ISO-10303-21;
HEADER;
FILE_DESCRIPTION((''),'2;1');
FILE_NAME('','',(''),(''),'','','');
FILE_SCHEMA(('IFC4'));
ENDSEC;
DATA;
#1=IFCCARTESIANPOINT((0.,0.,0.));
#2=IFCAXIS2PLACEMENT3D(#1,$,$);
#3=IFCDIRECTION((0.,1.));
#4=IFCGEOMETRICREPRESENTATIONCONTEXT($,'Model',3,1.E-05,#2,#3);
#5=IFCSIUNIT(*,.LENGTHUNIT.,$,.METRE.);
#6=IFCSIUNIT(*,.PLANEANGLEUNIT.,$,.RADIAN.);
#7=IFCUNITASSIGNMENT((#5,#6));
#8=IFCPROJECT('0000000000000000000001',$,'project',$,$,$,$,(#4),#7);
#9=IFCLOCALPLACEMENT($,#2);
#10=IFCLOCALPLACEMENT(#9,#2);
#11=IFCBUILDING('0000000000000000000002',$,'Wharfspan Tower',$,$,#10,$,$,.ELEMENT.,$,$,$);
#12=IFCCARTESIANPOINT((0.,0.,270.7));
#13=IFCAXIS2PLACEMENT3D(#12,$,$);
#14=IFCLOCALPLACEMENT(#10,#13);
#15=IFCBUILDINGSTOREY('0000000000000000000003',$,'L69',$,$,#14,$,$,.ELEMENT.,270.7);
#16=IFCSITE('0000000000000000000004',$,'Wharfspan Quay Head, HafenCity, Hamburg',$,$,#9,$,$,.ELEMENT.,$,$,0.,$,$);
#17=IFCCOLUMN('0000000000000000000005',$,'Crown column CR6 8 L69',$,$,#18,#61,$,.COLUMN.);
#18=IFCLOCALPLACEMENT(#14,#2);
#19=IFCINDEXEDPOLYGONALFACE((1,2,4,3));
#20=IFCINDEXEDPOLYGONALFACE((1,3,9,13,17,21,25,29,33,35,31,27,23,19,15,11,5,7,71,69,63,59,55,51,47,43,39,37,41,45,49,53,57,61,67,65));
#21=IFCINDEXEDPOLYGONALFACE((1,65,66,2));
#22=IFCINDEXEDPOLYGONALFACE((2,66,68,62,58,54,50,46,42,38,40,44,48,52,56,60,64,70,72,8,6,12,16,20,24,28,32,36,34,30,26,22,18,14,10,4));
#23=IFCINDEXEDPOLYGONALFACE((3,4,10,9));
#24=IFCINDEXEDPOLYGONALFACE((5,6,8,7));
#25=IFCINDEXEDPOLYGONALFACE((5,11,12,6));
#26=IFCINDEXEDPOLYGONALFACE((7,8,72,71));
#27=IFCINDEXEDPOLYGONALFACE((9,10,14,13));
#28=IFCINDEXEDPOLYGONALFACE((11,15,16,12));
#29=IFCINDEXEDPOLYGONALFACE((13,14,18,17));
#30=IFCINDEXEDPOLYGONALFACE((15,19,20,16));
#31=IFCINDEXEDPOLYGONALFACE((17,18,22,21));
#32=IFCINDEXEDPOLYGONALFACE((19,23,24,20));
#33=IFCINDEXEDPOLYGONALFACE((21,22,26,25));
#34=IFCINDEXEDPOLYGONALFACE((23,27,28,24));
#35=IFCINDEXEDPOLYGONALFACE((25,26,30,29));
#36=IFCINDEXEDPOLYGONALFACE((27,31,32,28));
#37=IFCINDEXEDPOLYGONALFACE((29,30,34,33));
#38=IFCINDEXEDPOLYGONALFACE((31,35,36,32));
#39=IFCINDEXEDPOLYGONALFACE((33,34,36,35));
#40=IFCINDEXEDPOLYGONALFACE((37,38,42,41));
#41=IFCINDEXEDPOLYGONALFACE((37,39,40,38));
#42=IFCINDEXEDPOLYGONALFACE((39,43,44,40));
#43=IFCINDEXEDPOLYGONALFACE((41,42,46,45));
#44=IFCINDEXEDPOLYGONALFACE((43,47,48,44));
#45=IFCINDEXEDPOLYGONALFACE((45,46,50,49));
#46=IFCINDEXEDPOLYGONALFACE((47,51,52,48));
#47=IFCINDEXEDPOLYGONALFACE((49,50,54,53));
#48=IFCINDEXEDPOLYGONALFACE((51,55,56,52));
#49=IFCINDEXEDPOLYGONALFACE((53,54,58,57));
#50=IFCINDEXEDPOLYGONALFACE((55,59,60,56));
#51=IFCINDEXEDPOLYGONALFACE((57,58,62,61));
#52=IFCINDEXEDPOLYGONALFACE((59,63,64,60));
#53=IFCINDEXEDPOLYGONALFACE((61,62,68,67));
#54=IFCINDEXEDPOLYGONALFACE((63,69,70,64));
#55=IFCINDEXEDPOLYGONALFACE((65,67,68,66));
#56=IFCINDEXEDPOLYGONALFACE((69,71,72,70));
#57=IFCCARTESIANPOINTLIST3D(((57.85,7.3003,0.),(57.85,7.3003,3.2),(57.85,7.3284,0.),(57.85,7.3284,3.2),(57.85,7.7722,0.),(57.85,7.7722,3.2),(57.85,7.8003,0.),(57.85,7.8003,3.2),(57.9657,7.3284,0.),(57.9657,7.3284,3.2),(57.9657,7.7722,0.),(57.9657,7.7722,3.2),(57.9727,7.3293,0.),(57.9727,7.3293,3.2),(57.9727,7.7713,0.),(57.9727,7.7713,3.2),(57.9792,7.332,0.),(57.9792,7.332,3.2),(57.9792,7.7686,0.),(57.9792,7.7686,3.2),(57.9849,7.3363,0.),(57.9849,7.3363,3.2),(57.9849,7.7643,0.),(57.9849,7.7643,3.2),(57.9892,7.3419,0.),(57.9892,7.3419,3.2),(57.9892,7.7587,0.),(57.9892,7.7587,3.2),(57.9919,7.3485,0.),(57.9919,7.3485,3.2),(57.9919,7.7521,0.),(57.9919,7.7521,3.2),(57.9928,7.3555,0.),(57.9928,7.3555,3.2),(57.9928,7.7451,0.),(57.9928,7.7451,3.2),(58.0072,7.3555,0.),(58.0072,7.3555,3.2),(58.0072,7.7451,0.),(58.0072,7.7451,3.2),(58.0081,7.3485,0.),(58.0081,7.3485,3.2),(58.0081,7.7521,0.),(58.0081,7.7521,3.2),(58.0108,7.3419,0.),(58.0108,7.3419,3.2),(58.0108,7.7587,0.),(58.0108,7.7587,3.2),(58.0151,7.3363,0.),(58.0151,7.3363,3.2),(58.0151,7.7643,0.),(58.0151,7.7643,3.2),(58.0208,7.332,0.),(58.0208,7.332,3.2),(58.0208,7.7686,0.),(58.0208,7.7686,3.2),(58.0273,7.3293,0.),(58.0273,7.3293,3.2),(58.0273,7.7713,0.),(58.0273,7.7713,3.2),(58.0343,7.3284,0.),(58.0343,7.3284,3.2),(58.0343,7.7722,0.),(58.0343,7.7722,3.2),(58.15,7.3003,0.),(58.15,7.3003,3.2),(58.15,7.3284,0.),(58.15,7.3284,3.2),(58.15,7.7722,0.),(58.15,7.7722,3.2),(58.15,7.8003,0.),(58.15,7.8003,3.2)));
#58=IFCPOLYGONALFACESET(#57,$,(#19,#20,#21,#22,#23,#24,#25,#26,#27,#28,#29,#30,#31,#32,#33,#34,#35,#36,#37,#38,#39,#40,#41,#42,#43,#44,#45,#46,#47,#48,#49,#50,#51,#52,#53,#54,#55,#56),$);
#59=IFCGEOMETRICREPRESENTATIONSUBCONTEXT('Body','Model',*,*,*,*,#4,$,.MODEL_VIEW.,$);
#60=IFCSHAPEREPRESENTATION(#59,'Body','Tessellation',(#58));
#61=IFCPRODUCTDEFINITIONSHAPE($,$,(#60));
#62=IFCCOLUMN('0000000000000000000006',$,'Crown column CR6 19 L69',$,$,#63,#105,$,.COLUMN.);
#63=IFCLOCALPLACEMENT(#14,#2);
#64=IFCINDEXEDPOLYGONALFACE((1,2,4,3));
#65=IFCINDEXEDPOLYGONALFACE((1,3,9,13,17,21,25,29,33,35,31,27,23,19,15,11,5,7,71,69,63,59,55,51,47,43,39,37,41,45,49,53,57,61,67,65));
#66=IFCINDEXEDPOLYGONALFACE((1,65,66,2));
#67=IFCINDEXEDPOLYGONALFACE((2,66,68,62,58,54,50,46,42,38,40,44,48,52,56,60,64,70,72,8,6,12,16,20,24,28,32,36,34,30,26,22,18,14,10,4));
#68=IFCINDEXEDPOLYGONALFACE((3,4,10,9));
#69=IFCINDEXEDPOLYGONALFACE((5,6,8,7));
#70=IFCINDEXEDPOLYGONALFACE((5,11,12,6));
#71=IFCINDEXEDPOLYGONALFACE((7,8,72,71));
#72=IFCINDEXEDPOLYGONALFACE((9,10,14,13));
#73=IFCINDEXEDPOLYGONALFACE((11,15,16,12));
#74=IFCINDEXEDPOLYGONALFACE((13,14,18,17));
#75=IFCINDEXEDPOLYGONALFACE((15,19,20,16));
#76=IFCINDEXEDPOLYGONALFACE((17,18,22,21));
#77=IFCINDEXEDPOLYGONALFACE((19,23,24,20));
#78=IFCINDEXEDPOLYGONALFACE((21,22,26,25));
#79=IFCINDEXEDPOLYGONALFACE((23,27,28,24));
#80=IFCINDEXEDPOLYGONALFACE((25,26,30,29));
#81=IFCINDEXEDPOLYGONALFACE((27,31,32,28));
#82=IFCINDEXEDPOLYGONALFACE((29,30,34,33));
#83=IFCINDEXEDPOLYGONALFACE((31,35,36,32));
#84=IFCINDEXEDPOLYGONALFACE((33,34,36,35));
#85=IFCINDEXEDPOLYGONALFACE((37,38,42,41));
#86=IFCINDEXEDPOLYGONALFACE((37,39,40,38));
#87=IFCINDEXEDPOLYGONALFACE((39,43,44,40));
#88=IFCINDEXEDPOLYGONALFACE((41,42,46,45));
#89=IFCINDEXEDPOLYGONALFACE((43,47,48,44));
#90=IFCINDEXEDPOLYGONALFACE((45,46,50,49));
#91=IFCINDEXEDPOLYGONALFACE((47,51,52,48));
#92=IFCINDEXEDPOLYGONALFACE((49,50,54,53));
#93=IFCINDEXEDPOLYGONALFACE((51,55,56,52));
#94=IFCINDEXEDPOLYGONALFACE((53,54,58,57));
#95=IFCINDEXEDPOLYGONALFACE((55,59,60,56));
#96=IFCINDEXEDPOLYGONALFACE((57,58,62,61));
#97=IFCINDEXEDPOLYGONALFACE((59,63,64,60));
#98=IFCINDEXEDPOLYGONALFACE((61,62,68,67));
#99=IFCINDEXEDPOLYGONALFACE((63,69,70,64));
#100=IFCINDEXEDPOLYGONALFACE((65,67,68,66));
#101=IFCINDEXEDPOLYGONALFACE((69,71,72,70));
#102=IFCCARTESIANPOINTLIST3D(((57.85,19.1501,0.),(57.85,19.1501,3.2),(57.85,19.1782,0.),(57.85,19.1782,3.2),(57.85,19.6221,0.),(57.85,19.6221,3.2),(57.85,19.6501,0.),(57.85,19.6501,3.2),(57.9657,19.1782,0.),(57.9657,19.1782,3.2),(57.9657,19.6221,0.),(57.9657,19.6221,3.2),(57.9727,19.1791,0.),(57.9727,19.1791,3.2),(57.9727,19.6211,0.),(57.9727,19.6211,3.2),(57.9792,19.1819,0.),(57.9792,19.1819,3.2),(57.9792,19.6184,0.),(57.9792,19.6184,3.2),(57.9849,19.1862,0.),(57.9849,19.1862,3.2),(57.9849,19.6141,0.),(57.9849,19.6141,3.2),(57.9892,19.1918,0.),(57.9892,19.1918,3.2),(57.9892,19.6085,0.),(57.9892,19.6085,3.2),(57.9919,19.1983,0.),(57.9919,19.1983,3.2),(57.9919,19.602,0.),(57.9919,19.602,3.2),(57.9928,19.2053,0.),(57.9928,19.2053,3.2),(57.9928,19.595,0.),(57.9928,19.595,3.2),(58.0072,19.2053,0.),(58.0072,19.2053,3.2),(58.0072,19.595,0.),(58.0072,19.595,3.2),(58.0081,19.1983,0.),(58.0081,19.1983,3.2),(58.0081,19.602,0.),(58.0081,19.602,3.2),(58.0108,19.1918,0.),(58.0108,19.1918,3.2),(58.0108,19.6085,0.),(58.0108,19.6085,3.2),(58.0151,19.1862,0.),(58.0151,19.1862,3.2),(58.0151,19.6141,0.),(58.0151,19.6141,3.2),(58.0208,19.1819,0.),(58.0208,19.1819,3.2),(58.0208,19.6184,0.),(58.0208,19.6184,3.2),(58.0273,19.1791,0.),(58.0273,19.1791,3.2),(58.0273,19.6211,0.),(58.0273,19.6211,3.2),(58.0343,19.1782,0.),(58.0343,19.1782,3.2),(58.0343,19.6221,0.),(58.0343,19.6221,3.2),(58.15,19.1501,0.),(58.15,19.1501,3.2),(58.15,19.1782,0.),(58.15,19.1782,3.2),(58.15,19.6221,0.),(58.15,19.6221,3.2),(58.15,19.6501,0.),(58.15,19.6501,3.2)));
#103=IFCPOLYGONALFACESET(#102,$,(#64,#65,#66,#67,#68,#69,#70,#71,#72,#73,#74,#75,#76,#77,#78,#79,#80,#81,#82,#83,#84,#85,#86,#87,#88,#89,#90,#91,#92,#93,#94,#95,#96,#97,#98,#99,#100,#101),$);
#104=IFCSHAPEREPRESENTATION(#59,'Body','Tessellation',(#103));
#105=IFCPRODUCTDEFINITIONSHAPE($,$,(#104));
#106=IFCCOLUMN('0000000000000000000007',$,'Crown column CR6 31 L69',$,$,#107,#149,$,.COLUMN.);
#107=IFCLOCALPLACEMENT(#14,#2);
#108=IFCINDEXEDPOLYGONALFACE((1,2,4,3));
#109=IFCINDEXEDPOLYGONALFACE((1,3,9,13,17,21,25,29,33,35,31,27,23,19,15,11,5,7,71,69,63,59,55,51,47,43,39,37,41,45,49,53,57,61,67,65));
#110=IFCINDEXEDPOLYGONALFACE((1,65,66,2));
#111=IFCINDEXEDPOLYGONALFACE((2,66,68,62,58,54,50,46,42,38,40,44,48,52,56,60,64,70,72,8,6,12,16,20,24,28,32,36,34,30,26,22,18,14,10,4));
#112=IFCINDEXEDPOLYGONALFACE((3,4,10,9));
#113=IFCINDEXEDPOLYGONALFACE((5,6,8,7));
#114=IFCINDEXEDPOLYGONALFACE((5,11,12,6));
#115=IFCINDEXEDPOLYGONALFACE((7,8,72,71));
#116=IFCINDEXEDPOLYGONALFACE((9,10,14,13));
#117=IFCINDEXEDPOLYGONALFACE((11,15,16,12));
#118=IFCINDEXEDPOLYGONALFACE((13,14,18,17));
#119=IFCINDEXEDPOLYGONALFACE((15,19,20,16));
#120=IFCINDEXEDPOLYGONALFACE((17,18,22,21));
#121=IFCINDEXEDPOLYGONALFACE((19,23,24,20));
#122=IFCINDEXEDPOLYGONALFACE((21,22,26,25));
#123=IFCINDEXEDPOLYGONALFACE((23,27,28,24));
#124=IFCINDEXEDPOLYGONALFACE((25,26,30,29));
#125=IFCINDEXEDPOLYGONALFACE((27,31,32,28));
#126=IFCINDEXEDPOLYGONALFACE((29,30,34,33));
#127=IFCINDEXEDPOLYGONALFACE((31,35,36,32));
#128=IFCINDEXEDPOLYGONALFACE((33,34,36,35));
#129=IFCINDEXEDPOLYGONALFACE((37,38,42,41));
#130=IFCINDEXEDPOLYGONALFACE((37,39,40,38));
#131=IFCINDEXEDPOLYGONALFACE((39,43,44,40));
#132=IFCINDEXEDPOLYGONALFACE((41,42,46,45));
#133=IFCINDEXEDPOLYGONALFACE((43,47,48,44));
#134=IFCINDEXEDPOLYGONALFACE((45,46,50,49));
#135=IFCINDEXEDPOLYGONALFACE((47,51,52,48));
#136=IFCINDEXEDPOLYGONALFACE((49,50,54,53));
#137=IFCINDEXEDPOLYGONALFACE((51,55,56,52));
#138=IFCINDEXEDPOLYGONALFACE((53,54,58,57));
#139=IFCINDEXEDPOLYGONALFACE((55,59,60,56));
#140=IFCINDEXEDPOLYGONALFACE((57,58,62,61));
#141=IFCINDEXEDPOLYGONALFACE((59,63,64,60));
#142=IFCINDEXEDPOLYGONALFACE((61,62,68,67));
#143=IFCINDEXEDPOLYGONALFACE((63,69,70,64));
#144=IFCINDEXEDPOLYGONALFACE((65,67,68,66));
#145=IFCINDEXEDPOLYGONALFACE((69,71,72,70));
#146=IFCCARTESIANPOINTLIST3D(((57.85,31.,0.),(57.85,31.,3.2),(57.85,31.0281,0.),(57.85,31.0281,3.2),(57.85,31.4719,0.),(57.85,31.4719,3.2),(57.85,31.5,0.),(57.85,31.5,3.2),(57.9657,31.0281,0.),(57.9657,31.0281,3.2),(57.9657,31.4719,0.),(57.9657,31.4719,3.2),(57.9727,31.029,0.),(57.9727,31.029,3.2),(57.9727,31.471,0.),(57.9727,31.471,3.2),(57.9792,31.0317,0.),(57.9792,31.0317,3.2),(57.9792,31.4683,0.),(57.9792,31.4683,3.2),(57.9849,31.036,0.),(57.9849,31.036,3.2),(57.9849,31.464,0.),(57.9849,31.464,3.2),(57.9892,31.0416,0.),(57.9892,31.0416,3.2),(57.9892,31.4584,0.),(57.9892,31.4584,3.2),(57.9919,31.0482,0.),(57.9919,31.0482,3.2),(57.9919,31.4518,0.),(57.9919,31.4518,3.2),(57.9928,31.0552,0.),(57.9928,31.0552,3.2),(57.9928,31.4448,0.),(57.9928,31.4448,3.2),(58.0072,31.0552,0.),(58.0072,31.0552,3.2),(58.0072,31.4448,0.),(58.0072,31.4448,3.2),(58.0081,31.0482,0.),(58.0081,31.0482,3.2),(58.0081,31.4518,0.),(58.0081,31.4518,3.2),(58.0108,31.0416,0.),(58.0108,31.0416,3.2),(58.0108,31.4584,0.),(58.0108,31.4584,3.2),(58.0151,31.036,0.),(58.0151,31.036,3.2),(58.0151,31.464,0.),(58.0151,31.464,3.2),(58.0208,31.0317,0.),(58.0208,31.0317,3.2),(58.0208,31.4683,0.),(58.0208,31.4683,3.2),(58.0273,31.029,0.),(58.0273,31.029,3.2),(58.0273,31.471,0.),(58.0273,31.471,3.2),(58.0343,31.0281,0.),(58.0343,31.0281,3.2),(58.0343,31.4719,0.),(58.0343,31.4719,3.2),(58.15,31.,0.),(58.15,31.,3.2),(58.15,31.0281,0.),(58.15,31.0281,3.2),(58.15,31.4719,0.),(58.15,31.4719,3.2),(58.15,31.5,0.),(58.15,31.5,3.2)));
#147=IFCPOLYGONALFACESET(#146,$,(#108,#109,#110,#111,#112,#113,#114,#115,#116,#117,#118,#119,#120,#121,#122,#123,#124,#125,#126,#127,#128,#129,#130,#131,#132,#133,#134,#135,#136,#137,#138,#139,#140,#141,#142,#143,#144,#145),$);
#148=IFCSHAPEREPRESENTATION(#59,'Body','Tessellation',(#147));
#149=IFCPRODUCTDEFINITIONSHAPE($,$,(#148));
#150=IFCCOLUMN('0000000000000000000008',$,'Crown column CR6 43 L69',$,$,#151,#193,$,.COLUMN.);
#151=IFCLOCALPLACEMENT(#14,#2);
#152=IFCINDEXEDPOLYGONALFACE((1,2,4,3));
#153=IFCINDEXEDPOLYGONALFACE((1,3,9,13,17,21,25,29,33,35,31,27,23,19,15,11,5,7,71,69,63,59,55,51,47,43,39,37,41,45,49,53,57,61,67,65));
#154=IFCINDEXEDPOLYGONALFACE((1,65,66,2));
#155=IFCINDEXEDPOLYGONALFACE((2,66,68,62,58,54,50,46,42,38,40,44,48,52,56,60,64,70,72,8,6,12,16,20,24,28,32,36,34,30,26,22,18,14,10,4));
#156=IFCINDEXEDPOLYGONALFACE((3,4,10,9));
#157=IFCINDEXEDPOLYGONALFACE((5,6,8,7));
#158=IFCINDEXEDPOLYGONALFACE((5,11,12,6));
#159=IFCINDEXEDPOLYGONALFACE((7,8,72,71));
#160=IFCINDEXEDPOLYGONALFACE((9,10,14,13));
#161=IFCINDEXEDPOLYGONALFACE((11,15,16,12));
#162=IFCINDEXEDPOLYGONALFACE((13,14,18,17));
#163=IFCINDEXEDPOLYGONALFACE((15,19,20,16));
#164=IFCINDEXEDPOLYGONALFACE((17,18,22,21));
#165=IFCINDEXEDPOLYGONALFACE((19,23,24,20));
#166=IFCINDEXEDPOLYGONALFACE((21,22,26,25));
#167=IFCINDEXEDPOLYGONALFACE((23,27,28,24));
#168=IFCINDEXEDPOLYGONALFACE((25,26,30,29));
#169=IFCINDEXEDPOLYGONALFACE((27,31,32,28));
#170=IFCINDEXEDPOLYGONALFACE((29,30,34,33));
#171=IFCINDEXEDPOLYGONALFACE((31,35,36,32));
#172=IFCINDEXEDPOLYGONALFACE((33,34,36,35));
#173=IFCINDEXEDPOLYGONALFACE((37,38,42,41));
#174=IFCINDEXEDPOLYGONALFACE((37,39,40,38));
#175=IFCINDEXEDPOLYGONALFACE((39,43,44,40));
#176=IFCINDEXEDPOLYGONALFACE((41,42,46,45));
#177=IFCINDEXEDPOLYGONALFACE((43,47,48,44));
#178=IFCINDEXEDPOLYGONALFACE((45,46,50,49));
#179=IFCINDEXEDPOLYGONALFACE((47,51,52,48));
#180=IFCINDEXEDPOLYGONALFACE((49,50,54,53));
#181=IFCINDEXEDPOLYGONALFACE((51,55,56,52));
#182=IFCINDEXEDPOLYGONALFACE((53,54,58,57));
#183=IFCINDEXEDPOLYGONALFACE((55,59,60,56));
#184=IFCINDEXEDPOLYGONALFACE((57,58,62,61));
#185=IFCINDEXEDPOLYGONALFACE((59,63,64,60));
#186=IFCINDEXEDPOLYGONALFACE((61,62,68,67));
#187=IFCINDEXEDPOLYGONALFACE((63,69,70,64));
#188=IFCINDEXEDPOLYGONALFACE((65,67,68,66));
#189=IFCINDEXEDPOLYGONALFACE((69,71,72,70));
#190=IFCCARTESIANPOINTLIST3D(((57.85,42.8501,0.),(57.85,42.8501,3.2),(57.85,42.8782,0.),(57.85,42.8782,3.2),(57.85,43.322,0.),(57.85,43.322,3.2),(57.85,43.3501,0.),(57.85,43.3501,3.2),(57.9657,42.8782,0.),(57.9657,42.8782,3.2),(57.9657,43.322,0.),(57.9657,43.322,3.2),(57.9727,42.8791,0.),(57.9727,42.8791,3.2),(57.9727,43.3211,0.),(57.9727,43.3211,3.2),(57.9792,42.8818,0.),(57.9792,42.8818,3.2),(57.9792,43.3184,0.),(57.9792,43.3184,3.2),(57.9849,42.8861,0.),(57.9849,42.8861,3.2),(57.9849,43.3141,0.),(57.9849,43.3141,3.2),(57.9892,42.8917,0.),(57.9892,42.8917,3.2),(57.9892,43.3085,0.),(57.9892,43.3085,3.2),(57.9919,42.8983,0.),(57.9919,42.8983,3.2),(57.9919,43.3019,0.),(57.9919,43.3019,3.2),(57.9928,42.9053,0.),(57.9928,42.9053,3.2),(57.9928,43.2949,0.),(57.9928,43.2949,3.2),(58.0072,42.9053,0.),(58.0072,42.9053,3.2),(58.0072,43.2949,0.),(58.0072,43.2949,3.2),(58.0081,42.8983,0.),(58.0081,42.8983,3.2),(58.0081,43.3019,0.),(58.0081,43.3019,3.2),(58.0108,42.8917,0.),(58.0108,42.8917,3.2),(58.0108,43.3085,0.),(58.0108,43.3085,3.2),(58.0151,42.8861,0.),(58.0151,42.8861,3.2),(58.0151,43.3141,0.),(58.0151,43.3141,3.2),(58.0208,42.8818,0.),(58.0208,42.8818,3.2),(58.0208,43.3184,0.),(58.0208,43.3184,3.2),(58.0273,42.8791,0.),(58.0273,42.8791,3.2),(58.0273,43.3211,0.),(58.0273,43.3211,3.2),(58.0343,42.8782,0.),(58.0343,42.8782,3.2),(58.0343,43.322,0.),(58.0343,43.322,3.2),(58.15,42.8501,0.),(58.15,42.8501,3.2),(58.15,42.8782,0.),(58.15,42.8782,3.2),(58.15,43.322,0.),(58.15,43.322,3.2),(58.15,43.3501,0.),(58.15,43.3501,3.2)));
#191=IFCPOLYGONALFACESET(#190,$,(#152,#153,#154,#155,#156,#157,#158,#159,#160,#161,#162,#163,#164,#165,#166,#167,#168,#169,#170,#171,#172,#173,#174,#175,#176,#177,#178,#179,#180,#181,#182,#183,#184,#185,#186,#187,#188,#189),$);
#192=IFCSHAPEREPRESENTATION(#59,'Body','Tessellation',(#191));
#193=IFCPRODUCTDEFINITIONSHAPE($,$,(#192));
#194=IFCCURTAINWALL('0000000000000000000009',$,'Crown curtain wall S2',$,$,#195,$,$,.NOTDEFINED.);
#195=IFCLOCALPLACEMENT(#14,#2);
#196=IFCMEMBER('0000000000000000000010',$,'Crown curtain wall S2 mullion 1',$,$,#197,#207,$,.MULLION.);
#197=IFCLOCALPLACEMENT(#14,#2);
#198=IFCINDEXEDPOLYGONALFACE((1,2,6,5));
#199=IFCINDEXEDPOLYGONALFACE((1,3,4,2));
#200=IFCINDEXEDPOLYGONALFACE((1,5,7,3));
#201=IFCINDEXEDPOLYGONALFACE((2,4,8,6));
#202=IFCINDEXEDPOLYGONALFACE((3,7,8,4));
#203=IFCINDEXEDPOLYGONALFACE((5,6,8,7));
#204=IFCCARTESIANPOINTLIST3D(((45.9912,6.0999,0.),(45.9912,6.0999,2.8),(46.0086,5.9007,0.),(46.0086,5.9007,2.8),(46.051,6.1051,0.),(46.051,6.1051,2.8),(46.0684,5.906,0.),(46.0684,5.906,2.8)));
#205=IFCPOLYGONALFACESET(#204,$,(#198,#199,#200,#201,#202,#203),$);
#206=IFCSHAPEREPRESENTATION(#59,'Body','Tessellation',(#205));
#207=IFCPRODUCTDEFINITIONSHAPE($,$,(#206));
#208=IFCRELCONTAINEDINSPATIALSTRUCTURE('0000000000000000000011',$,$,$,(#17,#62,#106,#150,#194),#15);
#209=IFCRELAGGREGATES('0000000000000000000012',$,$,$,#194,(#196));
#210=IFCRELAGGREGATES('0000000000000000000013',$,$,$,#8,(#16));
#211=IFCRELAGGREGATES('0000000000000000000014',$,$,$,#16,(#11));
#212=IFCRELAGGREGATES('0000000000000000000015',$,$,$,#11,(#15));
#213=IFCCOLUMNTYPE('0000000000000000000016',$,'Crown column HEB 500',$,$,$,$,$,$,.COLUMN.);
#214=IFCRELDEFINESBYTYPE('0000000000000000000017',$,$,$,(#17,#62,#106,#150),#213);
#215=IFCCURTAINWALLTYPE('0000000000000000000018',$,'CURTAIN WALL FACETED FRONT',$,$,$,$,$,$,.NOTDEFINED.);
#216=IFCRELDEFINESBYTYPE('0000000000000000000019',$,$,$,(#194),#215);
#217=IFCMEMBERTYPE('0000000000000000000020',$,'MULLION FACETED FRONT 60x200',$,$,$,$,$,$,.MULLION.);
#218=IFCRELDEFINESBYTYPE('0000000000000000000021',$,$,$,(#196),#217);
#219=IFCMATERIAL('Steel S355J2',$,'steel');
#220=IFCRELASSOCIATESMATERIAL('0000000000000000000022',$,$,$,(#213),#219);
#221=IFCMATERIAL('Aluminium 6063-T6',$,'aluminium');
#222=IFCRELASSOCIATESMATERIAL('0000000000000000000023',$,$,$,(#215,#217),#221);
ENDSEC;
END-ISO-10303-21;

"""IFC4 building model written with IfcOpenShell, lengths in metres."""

from ifc_helpers import new_model, si_unit, direction, frame, origin, origin_2d, place, context, subcontext, project, spatial, rectangle, i_section, extrude, material, material_profile, profile_set, type_object, element, aggregate, save


model = new_model("IFC4")

# Units and contexts
model_context = context("Model", 3, precision=1e-05, world=origin(), true_north=direction((0.0, 1.0)))
body_context = subcontext(model_context, "Body", "Model", "MODEL_VIEW")
ifc_project = project(units=[si_unit("LENGTHUNIT", "METRE"), si_unit("PLANEANGLEUNIT", "RADIAN")], contexts=[model_context])

# Site, building, storey
site_placement = place(None, origin())
site = spatial("IfcSite", under=ifc_project, at=site_placement, Name="Wharfspan Quay Head, HafenCity, Hamburg", CompositionType="ELEMENT", RefElevation=0.0)
building_placement = place(site_placement, origin())
building = spatial("IfcBuilding", under=site, at=building_placement, Name="Wharfspan Tower", CompositionType="ELEMENT")
storey_placement = place(building_placement, frame((0.0, 0.0, 270.7)))
storey = spatial("IfcBuildingStorey", under=building, at=storey_placement, Name="L69", CompositionType="ELEMENT", Elevation=270.7)

# Columns
ifc_material_1 = material(Name="Steel S355J2", Category="steel")
ifc_material_profile_1 = material_profile(ifc_material_1, i_section(OverallWidth=0.3, OverallDepth=0.5, WebThickness=0.0144, FlangeThickness=0.0281, FilletRadius=0.0271, at=origin_2d()))
ifc_profile_set_1 = profile_set([ifc_material_profile_1], Name="Steel S355J2")
column_type = type_object("IfcColumnType", Name="Crown column HEB 500", PredefinedType="COLUMN", material=ifc_profile_set_1)
for number, where, z_axis, x_axis, name in (
    (1, (58.0, 7.5503, 0.0), (0.0, 0.0, 1.0), (1.0, 0.0, 0.0), "Crown column CR6 8 L69"),
    (2, (58.0, 19.4001, 0.0), (0.0, 0.0, 1.0), (1.0, 0.0, 0.0), "Crown column CR6 19 L69"),
    (3, (58.0, 31.25, 0.0), (0.0, 0.0, 1.0), (1.0, 0.0, 0.0), "Crown column CR6 31 L69"),
    (4, (58.0, 43.1001, 0.0), (0.0, 0.0, 1.0), (1.0, 0.0, 0.0), "Crown column CR6 43 L69"),
):
    element("IfcColumn", number, at=place(storey_placement, frame(where, z_axis=z_axis, x_axis=x_axis)), inside=storey, type_object=column_type, Name=name, PredefinedType="COLUMN", context=body_context, shape_type="SweptSolid", body=[
        extrude(i_section(OverallWidth=0.3, OverallDepth=0.5, WebThickness=0.0144, FlangeThickness=0.0281, FilletRadius=0.0271, at=origin_2d()), origin(), (0.0, 0.0, 1.0), 3.2),
    ])

# Curtain wall, member
ifc_material_2 = material(Name="Aluminium 6063-T6", Category="aluminium")
curtain_wall_type_1 = type_object("IfcCurtainWallType", Name="CURTAIN WALL FACETED FRONT", PredefinedType="NOTDEFINED", material=ifc_material_2)
curtain_wall_1_placement = place(storey_placement, origin())
curtain_wall_1 = element("IfcCurtainWall", 5, at=curtain_wall_1_placement, inside=storey, type_object=curtain_wall_type_1, Name="Crown curtain wall S2", PredefinedType="NOTDEFINED")
ifc_material_profile_2 = material_profile(ifc_material_2, rectangle(XDim=0.2, YDim=0.0601, at=origin_2d()))
ifc_profile_set_2 = profile_set([ifc_material_profile_2], Name="Aluminium 6063-T6")
member_type_1 = type_object("IfcMemberType", Name="MULLION FACETED FRONT 60x200", PredefinedType="MULLION", material=ifc_profile_set_2)
member_1_placement = place(storey_placement, frame((46.0298, 6.0029, 0.0), z_axis=(0.0, 0.0, 1.0), x_axis=(-0.087156, 0.996198, 0.0)))
member_1 = element("IfcMember", 6, at=member_1_placement, type_object=member_type_1, Name="Crown curtain wall S2 mullion 1", PredefinedType="MULLION", context=body_context, shape_type="SweptSolid", body=[
    extrude(rectangle(XDim=0.2, YDim=0.0601, at=origin_2d()), origin(), (0.0, 0.0, 1.0), 2.8),
])

aggregate(curtain_wall_1, [member_1])

save(model, "model.ifc")
